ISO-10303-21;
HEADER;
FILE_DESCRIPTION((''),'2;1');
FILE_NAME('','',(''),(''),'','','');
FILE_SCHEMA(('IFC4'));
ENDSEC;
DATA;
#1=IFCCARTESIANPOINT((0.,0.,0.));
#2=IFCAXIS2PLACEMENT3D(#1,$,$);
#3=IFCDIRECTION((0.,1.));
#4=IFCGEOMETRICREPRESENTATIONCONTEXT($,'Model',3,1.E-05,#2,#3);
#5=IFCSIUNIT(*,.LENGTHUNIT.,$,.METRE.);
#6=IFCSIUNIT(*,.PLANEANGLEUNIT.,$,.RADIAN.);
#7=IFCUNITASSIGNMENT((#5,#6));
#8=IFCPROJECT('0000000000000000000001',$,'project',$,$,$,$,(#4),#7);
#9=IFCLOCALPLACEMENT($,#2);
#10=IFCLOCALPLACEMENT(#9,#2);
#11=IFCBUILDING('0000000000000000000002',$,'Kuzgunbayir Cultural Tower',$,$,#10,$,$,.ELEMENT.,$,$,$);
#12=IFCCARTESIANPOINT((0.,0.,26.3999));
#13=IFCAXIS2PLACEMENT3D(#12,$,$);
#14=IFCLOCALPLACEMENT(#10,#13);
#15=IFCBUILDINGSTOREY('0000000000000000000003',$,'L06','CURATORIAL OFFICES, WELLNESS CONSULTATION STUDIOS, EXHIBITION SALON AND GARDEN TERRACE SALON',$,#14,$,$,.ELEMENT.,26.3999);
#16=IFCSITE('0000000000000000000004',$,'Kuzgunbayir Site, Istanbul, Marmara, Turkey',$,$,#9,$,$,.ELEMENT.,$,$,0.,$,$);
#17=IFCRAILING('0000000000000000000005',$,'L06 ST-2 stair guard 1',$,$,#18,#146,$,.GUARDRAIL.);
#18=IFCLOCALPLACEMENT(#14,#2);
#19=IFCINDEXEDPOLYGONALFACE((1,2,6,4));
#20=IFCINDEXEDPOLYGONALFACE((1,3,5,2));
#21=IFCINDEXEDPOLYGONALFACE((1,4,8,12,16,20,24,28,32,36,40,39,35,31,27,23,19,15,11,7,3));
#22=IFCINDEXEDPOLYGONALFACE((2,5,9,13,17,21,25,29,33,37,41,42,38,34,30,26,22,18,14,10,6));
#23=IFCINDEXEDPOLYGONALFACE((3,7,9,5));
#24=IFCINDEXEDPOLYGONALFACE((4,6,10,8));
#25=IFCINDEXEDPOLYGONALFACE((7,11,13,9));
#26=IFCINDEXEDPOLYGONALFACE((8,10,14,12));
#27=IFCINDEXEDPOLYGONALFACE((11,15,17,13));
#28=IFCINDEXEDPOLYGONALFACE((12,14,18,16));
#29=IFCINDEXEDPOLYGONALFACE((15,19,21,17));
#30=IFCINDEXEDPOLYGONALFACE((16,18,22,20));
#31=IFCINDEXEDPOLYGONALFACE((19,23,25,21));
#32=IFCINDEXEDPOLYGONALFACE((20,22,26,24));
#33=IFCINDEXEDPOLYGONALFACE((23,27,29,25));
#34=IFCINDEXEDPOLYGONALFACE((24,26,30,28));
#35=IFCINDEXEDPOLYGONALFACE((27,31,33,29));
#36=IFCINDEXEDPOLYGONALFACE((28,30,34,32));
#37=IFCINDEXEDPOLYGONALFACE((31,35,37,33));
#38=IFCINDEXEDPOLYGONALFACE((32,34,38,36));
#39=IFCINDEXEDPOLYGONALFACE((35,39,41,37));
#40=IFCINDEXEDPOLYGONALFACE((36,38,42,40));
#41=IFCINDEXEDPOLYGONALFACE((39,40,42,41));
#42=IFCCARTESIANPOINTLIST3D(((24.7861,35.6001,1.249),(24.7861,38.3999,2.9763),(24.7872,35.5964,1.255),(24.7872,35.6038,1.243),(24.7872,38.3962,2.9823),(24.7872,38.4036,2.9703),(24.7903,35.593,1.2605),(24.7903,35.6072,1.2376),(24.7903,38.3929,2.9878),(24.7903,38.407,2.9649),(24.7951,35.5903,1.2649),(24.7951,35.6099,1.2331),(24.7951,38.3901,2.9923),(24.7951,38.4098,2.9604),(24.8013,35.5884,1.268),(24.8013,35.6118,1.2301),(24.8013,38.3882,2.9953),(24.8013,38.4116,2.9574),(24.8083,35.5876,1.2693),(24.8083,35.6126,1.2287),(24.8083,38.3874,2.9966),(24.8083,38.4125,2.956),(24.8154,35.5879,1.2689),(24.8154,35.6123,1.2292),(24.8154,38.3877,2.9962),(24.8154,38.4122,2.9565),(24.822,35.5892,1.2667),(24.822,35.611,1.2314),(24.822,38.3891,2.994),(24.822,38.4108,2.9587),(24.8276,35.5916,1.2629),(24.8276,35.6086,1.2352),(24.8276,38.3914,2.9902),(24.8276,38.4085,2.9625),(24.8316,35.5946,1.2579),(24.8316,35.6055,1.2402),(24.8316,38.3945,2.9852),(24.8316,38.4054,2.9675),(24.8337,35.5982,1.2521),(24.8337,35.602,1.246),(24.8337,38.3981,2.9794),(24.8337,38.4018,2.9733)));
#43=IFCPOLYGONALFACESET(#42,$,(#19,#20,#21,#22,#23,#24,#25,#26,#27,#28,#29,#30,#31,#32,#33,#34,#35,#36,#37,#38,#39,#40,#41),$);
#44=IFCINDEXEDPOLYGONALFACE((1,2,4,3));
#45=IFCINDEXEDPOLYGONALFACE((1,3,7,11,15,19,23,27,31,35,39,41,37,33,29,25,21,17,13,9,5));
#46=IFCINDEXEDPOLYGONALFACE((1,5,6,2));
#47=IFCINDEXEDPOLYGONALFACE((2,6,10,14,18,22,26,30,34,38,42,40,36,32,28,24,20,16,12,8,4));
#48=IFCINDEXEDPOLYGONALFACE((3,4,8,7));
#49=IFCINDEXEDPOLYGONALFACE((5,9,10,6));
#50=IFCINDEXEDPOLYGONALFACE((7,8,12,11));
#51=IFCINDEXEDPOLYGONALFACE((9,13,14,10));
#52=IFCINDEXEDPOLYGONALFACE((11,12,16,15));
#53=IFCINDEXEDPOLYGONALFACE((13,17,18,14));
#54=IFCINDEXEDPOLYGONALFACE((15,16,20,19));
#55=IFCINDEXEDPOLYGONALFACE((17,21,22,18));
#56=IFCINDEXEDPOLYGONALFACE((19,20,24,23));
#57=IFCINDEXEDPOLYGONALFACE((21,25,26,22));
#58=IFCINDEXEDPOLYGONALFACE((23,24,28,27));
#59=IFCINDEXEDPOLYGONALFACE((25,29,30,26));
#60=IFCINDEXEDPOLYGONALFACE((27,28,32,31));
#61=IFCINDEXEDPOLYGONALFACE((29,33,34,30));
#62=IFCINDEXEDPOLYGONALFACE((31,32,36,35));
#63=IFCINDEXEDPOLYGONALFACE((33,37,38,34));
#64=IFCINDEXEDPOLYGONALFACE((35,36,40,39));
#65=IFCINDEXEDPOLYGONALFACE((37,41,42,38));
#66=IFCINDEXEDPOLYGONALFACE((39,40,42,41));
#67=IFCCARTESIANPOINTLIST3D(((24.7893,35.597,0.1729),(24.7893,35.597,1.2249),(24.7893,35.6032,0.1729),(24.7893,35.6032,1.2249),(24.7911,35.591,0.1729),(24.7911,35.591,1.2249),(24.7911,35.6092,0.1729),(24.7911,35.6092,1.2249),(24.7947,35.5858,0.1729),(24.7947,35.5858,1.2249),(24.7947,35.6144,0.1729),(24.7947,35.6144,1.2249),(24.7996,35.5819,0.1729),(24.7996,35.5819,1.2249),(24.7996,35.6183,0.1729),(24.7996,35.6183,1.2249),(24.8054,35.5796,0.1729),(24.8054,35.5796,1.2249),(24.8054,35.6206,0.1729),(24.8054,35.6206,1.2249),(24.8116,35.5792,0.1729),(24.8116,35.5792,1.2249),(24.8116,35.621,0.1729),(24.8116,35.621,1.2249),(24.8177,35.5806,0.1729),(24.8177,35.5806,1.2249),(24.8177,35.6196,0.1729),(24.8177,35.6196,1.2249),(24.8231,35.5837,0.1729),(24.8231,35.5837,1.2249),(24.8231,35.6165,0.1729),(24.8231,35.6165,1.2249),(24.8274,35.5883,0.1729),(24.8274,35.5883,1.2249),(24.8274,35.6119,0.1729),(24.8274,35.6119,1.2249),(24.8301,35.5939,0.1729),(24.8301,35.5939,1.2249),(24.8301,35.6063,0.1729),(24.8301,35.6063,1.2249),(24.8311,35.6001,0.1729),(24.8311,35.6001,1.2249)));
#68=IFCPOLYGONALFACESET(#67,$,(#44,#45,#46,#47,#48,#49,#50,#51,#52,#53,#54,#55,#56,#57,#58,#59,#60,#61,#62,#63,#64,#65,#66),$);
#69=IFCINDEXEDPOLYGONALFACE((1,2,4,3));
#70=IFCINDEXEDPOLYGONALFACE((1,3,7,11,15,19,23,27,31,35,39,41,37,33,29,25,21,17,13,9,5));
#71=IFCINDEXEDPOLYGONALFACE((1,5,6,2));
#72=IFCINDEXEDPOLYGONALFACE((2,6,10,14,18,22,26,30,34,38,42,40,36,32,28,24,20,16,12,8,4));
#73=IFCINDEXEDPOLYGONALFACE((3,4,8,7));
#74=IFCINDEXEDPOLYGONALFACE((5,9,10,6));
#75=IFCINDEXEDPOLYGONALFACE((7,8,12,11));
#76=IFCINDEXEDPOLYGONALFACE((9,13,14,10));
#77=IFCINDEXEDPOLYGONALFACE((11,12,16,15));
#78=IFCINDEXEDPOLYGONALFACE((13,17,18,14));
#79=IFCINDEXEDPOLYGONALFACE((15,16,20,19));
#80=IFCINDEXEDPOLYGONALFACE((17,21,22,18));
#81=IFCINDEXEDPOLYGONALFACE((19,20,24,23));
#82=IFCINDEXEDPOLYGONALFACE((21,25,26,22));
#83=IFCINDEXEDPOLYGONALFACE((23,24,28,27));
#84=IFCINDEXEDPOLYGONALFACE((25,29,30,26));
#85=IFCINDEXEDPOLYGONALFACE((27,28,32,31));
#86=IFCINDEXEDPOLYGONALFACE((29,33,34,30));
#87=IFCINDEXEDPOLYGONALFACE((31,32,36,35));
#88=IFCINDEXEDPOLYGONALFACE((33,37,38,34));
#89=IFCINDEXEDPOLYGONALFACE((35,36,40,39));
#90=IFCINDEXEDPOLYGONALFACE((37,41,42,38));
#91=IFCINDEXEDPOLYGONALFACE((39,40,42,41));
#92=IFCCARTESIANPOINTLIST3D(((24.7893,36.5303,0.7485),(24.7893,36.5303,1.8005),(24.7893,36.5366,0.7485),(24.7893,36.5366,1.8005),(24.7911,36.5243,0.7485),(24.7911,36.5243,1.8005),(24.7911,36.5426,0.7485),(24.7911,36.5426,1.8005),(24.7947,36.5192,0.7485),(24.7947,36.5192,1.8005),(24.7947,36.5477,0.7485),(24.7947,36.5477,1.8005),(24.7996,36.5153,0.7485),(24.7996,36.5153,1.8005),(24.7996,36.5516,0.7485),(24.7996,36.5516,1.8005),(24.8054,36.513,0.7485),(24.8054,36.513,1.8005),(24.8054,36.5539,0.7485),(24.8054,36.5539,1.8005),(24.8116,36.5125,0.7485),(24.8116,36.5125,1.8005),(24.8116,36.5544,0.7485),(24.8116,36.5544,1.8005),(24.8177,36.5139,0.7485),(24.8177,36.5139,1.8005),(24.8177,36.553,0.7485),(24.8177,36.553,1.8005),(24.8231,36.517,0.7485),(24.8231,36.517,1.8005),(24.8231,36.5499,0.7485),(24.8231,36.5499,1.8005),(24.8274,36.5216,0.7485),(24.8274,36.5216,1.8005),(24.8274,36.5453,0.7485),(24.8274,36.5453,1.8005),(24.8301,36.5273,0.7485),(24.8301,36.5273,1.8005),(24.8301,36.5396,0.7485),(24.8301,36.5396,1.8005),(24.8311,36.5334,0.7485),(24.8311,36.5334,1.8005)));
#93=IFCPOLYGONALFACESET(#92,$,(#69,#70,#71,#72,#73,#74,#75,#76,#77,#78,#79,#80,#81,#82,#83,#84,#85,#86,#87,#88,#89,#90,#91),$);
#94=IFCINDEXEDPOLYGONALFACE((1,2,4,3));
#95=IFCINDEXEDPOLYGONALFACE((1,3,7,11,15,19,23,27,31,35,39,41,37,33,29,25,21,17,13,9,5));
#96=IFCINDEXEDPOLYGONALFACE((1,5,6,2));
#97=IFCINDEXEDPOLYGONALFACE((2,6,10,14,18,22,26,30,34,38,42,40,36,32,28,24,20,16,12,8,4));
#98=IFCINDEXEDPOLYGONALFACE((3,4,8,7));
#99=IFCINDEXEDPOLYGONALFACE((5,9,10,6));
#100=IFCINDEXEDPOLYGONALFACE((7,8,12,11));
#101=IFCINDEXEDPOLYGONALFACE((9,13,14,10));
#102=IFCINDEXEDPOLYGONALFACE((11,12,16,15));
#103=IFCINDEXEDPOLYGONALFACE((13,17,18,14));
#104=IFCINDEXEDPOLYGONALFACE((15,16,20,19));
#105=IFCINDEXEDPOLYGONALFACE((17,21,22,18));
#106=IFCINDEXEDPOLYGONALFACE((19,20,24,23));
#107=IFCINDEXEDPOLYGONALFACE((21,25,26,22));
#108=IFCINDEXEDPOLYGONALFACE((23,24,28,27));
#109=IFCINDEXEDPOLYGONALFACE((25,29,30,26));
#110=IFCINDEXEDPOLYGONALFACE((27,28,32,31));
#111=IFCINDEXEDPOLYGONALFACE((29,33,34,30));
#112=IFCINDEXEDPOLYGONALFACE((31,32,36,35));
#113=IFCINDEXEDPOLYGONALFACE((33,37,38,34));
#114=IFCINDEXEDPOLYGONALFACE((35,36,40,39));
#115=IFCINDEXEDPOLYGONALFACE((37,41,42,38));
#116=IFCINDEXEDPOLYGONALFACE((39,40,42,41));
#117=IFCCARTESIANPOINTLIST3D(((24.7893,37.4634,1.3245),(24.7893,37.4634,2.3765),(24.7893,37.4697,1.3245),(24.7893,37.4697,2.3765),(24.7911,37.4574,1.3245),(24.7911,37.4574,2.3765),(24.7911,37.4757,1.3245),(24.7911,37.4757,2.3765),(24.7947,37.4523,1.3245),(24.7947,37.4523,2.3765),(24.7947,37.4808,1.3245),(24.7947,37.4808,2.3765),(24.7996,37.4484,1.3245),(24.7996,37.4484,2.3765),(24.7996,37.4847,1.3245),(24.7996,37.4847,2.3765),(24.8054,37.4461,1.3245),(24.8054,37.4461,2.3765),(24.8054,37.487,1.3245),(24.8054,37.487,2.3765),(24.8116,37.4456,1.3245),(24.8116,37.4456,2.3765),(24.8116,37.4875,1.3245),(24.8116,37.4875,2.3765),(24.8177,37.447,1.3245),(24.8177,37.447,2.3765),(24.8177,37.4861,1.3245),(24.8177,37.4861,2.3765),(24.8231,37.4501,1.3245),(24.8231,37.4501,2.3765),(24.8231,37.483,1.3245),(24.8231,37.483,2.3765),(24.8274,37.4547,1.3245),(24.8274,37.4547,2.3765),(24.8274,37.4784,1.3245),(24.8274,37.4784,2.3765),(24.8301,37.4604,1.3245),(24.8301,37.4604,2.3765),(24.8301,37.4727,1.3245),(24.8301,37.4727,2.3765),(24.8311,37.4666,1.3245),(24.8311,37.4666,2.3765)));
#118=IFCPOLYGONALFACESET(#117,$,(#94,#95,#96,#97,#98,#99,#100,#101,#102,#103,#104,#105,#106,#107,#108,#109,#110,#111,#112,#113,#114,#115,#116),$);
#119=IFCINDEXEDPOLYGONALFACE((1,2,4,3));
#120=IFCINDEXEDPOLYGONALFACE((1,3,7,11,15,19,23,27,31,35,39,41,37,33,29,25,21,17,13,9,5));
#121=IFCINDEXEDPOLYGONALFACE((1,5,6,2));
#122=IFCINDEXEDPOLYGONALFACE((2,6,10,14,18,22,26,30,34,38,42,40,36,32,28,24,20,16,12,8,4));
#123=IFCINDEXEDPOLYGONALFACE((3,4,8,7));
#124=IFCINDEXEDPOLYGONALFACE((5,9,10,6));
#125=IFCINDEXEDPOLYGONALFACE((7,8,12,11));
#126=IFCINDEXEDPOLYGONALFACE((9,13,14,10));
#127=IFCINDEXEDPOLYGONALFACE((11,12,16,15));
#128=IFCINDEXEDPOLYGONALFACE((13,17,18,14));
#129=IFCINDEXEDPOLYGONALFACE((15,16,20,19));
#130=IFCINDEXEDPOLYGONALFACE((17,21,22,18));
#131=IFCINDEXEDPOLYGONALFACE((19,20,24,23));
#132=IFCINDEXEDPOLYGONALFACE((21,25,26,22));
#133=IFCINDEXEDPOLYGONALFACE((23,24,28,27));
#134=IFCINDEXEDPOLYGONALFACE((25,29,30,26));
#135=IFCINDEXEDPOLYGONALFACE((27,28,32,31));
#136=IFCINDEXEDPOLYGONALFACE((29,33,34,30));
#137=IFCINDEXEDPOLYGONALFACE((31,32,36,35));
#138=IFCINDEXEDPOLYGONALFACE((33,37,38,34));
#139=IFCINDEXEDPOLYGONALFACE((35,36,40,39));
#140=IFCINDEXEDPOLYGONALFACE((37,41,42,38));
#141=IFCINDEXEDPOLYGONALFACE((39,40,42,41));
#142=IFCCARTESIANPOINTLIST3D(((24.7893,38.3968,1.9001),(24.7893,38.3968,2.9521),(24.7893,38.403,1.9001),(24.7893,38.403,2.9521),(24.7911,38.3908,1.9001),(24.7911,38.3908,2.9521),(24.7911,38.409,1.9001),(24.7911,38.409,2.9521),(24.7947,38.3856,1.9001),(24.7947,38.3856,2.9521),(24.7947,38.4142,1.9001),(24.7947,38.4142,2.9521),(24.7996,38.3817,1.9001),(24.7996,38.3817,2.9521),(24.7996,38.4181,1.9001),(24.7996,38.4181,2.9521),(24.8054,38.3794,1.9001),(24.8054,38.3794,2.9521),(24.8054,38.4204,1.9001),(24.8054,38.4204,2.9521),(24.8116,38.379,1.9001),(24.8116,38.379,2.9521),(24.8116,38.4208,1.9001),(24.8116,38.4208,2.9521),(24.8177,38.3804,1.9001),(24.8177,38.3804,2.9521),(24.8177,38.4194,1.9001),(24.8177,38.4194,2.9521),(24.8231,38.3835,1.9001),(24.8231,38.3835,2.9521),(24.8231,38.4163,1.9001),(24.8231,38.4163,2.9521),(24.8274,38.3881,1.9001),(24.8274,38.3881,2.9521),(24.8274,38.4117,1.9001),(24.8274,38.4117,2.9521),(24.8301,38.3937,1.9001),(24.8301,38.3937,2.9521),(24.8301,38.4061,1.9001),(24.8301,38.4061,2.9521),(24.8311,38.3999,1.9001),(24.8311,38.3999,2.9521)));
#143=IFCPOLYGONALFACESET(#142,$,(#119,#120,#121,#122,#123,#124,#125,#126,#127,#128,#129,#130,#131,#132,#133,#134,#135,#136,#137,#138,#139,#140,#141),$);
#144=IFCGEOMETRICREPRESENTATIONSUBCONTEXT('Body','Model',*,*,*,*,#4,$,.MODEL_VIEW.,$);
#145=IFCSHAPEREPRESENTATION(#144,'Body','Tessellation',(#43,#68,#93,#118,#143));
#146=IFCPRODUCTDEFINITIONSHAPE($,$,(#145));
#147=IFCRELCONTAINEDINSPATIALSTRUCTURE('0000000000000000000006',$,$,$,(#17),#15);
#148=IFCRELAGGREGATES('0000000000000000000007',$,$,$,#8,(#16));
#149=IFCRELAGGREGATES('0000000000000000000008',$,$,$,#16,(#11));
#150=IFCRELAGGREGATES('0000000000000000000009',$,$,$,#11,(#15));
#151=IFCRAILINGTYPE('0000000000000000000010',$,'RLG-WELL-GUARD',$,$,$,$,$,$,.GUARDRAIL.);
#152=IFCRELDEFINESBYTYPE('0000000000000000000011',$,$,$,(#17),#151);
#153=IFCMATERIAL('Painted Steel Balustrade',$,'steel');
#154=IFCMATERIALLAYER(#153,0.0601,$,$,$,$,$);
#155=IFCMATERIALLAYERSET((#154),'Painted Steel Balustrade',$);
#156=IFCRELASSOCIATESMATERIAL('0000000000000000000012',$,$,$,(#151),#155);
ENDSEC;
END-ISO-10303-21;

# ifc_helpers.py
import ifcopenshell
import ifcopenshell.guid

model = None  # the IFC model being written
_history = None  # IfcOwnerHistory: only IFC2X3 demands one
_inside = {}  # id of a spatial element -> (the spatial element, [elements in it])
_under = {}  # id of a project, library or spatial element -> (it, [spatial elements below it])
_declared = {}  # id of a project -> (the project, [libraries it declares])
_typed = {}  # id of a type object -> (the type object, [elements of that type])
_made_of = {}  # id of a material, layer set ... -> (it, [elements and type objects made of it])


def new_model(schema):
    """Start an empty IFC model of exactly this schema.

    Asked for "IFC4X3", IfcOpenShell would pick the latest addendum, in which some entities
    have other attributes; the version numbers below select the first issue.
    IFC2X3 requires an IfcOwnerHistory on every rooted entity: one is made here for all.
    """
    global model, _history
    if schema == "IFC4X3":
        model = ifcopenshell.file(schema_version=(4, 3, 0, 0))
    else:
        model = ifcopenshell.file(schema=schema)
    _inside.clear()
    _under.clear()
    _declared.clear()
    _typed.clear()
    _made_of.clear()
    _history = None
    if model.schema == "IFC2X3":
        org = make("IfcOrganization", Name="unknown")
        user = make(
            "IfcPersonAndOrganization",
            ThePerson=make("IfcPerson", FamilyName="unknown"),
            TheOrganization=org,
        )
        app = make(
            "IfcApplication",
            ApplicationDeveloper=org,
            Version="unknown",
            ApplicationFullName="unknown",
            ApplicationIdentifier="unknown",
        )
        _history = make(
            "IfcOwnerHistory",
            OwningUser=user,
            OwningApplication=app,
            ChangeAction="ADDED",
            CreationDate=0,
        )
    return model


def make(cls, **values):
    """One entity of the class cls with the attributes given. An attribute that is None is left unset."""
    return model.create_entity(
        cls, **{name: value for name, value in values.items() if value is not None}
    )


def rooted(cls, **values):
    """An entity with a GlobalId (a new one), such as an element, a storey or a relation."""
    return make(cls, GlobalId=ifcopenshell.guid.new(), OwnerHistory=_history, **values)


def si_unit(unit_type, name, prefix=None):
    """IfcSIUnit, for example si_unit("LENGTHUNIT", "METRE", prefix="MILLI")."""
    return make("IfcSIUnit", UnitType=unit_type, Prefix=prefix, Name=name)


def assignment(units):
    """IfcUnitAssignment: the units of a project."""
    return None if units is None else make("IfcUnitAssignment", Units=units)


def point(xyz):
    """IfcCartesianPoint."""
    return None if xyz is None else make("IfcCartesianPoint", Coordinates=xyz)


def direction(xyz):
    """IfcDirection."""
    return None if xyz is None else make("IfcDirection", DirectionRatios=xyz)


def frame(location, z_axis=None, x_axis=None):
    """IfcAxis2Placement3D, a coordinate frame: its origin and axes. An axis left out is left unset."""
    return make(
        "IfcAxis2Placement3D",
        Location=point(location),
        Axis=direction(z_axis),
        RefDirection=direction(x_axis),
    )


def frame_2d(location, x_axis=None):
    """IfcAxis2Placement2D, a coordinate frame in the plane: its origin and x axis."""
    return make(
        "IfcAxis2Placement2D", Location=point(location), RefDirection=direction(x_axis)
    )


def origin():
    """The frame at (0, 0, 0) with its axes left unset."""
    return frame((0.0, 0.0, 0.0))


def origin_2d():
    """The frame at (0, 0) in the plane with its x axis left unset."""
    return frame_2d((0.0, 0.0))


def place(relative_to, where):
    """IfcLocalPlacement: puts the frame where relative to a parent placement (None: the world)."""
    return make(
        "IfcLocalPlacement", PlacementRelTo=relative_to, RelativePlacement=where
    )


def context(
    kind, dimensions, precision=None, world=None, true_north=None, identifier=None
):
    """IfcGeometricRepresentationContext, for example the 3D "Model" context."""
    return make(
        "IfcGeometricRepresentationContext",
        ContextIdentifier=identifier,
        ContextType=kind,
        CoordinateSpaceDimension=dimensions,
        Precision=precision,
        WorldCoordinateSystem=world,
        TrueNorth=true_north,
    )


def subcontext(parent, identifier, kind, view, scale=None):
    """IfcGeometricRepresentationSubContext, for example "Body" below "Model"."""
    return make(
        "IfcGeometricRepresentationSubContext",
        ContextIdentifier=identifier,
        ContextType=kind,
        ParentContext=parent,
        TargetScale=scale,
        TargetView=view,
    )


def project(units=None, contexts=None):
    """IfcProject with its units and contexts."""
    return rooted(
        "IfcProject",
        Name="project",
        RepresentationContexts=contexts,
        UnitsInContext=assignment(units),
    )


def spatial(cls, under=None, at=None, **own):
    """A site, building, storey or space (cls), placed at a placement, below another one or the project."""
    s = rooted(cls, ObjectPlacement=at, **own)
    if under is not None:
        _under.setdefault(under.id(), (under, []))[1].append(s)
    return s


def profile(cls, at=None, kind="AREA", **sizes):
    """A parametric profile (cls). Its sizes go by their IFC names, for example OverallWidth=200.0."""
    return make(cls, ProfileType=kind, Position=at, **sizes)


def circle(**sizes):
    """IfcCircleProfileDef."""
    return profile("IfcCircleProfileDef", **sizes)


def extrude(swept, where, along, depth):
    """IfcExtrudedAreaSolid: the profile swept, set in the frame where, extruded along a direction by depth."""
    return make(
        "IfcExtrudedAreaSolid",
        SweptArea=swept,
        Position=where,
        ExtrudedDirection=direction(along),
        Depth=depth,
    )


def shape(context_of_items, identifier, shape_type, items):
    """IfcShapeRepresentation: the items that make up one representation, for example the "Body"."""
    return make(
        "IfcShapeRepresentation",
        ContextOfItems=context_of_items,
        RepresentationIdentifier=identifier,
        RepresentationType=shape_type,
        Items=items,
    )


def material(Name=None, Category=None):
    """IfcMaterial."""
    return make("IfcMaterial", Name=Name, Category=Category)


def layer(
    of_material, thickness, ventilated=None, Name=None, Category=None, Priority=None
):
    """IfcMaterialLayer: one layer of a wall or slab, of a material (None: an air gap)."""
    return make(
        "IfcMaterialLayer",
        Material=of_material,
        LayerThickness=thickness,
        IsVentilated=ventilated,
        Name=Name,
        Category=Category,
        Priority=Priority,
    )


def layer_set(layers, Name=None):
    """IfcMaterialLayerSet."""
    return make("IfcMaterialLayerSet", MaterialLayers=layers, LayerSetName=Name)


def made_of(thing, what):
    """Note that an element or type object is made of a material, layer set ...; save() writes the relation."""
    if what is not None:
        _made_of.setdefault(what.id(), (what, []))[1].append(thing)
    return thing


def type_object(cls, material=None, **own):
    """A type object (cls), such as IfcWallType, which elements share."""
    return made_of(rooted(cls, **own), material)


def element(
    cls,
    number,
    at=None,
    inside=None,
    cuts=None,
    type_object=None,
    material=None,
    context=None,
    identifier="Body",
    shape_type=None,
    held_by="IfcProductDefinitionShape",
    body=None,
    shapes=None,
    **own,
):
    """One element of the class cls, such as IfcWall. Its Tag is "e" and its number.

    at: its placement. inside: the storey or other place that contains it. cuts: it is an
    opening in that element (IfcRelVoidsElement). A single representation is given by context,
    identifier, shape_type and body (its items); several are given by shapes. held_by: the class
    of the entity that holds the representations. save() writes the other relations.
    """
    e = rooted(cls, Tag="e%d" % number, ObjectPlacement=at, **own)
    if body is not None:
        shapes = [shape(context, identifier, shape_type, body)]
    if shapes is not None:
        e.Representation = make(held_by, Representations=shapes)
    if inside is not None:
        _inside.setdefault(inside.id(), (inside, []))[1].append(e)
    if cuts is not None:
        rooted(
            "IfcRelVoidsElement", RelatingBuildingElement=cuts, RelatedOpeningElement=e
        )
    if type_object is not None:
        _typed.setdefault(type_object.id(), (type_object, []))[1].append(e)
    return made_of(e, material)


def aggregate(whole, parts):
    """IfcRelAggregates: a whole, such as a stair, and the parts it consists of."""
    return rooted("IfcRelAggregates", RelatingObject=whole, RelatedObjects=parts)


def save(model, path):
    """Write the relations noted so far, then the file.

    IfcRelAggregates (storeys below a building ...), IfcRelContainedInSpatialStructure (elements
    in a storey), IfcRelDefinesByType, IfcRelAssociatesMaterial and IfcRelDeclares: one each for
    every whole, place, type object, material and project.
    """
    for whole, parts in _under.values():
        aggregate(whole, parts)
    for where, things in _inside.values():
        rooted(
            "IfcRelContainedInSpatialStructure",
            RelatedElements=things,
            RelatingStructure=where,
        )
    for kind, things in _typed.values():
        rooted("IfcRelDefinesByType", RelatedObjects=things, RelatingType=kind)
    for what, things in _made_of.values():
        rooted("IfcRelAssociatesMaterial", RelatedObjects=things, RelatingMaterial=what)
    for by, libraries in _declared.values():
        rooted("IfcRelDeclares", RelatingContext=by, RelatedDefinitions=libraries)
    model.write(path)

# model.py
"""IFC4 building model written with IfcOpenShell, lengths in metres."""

from ifc_helpers import new_model, si_unit, direction, frame, origin, origin_2d, place, context, subcontext, project, spatial, circle, extrude, material, layer, layer_set, type_object, element, save


model = new_model("IFC4")

# Units and contexts
model_context = context("Model", 3, precision=1e-05, world=origin(), true_north=direction((0.0, 1.0)))
body_context = subcontext(model_context, "Body", "Model", "MODEL_VIEW")
ifc_project = project(units=[si_unit("LENGTHUNIT", "METRE"), si_unit("PLANEANGLEUNIT", "RADIAN")], contexts=[model_context])

# Site, building, storey
site_placement = place(None, origin())
site = spatial("IfcSite", under=ifc_project, at=site_placement, Name="Kuzgunbayir Site, Istanbul, Marmara, Turkey", CompositionType="ELEMENT", RefElevation=0.0)
building_placement = place(site_placement, origin())
building = spatial("IfcBuilding", under=site, at=building_placement, Name="Kuzgunbayir Cultural Tower", CompositionType="ELEMENT")
storey_placement = place(building_placement, frame((0.0, 0.0, 26.3999)))
storey = spatial("IfcBuildingStorey", under=building, at=storey_placement, Name="L06", Description="CURATORIAL OFFICES, WELLNESS CONSULTATION STUDIOS, EXHIBITION SALON AND GARDEN TERRACE SALON", CompositionType="ELEMENT", Elevation=26.3999)

# Railing
ifc_material_1 = material(Name="Painted Steel Balustrade", Category="steel")
ifc_layer_1 = layer(ifc_material_1, 0.0601)
ifc_layer_set_1 = layer_set([ifc_layer_1], Name="Painted Steel Balustrade")
railing_type_1 = type_object("IfcRailingType", Name="RLG-WELL-GUARD", PredefinedType="GUARDRAIL", material=ifc_layer_set_1)
railing_1_placement = place(storey_placement, frame((24.8101, 35.6001, 0.1729)))
element("IfcRailing", 1, at=railing_1_placement, inside=storey, type_object=railing_type_1, Name="L06 ST-2 stair guard 1", PredefinedType="GUARDRAIL", context=body_context, shape_type="SweptSolid", body=[
    extrude(circle(Radius=0.0239, at=origin_2d()), frame((0.0, 0.0, 1.0762), z_axis=(0.0, 0.851069, 0.525054), x_axis=(-1.0, 0.0, 0.0)), (0.0, 0.0, 1.0), 3.2898),
    extrude(circle(Radius=0.021, at=origin_2d()), origin(), (0.0, 0.0, 1.0), 1.052),
    extrude(circle(Radius=0.021, at=origin_2d()), frame((0.0, 0.9333, 0.5757)), (0.0, 0.0, 1.0), 1.052),
    extrude(circle(Radius=0.021, at=origin_2d()), frame((0.0, 1.8665, 1.1516)), (0.0, 0.0, 1.0), 1.052),
    extrude(circle(Radius=0.021, at=origin_2d()), frame((0.0, 2.7998, 1.7273)), (0.0, 0.0, 1.0), 1.052),
])

save(model, "model.ifc")
